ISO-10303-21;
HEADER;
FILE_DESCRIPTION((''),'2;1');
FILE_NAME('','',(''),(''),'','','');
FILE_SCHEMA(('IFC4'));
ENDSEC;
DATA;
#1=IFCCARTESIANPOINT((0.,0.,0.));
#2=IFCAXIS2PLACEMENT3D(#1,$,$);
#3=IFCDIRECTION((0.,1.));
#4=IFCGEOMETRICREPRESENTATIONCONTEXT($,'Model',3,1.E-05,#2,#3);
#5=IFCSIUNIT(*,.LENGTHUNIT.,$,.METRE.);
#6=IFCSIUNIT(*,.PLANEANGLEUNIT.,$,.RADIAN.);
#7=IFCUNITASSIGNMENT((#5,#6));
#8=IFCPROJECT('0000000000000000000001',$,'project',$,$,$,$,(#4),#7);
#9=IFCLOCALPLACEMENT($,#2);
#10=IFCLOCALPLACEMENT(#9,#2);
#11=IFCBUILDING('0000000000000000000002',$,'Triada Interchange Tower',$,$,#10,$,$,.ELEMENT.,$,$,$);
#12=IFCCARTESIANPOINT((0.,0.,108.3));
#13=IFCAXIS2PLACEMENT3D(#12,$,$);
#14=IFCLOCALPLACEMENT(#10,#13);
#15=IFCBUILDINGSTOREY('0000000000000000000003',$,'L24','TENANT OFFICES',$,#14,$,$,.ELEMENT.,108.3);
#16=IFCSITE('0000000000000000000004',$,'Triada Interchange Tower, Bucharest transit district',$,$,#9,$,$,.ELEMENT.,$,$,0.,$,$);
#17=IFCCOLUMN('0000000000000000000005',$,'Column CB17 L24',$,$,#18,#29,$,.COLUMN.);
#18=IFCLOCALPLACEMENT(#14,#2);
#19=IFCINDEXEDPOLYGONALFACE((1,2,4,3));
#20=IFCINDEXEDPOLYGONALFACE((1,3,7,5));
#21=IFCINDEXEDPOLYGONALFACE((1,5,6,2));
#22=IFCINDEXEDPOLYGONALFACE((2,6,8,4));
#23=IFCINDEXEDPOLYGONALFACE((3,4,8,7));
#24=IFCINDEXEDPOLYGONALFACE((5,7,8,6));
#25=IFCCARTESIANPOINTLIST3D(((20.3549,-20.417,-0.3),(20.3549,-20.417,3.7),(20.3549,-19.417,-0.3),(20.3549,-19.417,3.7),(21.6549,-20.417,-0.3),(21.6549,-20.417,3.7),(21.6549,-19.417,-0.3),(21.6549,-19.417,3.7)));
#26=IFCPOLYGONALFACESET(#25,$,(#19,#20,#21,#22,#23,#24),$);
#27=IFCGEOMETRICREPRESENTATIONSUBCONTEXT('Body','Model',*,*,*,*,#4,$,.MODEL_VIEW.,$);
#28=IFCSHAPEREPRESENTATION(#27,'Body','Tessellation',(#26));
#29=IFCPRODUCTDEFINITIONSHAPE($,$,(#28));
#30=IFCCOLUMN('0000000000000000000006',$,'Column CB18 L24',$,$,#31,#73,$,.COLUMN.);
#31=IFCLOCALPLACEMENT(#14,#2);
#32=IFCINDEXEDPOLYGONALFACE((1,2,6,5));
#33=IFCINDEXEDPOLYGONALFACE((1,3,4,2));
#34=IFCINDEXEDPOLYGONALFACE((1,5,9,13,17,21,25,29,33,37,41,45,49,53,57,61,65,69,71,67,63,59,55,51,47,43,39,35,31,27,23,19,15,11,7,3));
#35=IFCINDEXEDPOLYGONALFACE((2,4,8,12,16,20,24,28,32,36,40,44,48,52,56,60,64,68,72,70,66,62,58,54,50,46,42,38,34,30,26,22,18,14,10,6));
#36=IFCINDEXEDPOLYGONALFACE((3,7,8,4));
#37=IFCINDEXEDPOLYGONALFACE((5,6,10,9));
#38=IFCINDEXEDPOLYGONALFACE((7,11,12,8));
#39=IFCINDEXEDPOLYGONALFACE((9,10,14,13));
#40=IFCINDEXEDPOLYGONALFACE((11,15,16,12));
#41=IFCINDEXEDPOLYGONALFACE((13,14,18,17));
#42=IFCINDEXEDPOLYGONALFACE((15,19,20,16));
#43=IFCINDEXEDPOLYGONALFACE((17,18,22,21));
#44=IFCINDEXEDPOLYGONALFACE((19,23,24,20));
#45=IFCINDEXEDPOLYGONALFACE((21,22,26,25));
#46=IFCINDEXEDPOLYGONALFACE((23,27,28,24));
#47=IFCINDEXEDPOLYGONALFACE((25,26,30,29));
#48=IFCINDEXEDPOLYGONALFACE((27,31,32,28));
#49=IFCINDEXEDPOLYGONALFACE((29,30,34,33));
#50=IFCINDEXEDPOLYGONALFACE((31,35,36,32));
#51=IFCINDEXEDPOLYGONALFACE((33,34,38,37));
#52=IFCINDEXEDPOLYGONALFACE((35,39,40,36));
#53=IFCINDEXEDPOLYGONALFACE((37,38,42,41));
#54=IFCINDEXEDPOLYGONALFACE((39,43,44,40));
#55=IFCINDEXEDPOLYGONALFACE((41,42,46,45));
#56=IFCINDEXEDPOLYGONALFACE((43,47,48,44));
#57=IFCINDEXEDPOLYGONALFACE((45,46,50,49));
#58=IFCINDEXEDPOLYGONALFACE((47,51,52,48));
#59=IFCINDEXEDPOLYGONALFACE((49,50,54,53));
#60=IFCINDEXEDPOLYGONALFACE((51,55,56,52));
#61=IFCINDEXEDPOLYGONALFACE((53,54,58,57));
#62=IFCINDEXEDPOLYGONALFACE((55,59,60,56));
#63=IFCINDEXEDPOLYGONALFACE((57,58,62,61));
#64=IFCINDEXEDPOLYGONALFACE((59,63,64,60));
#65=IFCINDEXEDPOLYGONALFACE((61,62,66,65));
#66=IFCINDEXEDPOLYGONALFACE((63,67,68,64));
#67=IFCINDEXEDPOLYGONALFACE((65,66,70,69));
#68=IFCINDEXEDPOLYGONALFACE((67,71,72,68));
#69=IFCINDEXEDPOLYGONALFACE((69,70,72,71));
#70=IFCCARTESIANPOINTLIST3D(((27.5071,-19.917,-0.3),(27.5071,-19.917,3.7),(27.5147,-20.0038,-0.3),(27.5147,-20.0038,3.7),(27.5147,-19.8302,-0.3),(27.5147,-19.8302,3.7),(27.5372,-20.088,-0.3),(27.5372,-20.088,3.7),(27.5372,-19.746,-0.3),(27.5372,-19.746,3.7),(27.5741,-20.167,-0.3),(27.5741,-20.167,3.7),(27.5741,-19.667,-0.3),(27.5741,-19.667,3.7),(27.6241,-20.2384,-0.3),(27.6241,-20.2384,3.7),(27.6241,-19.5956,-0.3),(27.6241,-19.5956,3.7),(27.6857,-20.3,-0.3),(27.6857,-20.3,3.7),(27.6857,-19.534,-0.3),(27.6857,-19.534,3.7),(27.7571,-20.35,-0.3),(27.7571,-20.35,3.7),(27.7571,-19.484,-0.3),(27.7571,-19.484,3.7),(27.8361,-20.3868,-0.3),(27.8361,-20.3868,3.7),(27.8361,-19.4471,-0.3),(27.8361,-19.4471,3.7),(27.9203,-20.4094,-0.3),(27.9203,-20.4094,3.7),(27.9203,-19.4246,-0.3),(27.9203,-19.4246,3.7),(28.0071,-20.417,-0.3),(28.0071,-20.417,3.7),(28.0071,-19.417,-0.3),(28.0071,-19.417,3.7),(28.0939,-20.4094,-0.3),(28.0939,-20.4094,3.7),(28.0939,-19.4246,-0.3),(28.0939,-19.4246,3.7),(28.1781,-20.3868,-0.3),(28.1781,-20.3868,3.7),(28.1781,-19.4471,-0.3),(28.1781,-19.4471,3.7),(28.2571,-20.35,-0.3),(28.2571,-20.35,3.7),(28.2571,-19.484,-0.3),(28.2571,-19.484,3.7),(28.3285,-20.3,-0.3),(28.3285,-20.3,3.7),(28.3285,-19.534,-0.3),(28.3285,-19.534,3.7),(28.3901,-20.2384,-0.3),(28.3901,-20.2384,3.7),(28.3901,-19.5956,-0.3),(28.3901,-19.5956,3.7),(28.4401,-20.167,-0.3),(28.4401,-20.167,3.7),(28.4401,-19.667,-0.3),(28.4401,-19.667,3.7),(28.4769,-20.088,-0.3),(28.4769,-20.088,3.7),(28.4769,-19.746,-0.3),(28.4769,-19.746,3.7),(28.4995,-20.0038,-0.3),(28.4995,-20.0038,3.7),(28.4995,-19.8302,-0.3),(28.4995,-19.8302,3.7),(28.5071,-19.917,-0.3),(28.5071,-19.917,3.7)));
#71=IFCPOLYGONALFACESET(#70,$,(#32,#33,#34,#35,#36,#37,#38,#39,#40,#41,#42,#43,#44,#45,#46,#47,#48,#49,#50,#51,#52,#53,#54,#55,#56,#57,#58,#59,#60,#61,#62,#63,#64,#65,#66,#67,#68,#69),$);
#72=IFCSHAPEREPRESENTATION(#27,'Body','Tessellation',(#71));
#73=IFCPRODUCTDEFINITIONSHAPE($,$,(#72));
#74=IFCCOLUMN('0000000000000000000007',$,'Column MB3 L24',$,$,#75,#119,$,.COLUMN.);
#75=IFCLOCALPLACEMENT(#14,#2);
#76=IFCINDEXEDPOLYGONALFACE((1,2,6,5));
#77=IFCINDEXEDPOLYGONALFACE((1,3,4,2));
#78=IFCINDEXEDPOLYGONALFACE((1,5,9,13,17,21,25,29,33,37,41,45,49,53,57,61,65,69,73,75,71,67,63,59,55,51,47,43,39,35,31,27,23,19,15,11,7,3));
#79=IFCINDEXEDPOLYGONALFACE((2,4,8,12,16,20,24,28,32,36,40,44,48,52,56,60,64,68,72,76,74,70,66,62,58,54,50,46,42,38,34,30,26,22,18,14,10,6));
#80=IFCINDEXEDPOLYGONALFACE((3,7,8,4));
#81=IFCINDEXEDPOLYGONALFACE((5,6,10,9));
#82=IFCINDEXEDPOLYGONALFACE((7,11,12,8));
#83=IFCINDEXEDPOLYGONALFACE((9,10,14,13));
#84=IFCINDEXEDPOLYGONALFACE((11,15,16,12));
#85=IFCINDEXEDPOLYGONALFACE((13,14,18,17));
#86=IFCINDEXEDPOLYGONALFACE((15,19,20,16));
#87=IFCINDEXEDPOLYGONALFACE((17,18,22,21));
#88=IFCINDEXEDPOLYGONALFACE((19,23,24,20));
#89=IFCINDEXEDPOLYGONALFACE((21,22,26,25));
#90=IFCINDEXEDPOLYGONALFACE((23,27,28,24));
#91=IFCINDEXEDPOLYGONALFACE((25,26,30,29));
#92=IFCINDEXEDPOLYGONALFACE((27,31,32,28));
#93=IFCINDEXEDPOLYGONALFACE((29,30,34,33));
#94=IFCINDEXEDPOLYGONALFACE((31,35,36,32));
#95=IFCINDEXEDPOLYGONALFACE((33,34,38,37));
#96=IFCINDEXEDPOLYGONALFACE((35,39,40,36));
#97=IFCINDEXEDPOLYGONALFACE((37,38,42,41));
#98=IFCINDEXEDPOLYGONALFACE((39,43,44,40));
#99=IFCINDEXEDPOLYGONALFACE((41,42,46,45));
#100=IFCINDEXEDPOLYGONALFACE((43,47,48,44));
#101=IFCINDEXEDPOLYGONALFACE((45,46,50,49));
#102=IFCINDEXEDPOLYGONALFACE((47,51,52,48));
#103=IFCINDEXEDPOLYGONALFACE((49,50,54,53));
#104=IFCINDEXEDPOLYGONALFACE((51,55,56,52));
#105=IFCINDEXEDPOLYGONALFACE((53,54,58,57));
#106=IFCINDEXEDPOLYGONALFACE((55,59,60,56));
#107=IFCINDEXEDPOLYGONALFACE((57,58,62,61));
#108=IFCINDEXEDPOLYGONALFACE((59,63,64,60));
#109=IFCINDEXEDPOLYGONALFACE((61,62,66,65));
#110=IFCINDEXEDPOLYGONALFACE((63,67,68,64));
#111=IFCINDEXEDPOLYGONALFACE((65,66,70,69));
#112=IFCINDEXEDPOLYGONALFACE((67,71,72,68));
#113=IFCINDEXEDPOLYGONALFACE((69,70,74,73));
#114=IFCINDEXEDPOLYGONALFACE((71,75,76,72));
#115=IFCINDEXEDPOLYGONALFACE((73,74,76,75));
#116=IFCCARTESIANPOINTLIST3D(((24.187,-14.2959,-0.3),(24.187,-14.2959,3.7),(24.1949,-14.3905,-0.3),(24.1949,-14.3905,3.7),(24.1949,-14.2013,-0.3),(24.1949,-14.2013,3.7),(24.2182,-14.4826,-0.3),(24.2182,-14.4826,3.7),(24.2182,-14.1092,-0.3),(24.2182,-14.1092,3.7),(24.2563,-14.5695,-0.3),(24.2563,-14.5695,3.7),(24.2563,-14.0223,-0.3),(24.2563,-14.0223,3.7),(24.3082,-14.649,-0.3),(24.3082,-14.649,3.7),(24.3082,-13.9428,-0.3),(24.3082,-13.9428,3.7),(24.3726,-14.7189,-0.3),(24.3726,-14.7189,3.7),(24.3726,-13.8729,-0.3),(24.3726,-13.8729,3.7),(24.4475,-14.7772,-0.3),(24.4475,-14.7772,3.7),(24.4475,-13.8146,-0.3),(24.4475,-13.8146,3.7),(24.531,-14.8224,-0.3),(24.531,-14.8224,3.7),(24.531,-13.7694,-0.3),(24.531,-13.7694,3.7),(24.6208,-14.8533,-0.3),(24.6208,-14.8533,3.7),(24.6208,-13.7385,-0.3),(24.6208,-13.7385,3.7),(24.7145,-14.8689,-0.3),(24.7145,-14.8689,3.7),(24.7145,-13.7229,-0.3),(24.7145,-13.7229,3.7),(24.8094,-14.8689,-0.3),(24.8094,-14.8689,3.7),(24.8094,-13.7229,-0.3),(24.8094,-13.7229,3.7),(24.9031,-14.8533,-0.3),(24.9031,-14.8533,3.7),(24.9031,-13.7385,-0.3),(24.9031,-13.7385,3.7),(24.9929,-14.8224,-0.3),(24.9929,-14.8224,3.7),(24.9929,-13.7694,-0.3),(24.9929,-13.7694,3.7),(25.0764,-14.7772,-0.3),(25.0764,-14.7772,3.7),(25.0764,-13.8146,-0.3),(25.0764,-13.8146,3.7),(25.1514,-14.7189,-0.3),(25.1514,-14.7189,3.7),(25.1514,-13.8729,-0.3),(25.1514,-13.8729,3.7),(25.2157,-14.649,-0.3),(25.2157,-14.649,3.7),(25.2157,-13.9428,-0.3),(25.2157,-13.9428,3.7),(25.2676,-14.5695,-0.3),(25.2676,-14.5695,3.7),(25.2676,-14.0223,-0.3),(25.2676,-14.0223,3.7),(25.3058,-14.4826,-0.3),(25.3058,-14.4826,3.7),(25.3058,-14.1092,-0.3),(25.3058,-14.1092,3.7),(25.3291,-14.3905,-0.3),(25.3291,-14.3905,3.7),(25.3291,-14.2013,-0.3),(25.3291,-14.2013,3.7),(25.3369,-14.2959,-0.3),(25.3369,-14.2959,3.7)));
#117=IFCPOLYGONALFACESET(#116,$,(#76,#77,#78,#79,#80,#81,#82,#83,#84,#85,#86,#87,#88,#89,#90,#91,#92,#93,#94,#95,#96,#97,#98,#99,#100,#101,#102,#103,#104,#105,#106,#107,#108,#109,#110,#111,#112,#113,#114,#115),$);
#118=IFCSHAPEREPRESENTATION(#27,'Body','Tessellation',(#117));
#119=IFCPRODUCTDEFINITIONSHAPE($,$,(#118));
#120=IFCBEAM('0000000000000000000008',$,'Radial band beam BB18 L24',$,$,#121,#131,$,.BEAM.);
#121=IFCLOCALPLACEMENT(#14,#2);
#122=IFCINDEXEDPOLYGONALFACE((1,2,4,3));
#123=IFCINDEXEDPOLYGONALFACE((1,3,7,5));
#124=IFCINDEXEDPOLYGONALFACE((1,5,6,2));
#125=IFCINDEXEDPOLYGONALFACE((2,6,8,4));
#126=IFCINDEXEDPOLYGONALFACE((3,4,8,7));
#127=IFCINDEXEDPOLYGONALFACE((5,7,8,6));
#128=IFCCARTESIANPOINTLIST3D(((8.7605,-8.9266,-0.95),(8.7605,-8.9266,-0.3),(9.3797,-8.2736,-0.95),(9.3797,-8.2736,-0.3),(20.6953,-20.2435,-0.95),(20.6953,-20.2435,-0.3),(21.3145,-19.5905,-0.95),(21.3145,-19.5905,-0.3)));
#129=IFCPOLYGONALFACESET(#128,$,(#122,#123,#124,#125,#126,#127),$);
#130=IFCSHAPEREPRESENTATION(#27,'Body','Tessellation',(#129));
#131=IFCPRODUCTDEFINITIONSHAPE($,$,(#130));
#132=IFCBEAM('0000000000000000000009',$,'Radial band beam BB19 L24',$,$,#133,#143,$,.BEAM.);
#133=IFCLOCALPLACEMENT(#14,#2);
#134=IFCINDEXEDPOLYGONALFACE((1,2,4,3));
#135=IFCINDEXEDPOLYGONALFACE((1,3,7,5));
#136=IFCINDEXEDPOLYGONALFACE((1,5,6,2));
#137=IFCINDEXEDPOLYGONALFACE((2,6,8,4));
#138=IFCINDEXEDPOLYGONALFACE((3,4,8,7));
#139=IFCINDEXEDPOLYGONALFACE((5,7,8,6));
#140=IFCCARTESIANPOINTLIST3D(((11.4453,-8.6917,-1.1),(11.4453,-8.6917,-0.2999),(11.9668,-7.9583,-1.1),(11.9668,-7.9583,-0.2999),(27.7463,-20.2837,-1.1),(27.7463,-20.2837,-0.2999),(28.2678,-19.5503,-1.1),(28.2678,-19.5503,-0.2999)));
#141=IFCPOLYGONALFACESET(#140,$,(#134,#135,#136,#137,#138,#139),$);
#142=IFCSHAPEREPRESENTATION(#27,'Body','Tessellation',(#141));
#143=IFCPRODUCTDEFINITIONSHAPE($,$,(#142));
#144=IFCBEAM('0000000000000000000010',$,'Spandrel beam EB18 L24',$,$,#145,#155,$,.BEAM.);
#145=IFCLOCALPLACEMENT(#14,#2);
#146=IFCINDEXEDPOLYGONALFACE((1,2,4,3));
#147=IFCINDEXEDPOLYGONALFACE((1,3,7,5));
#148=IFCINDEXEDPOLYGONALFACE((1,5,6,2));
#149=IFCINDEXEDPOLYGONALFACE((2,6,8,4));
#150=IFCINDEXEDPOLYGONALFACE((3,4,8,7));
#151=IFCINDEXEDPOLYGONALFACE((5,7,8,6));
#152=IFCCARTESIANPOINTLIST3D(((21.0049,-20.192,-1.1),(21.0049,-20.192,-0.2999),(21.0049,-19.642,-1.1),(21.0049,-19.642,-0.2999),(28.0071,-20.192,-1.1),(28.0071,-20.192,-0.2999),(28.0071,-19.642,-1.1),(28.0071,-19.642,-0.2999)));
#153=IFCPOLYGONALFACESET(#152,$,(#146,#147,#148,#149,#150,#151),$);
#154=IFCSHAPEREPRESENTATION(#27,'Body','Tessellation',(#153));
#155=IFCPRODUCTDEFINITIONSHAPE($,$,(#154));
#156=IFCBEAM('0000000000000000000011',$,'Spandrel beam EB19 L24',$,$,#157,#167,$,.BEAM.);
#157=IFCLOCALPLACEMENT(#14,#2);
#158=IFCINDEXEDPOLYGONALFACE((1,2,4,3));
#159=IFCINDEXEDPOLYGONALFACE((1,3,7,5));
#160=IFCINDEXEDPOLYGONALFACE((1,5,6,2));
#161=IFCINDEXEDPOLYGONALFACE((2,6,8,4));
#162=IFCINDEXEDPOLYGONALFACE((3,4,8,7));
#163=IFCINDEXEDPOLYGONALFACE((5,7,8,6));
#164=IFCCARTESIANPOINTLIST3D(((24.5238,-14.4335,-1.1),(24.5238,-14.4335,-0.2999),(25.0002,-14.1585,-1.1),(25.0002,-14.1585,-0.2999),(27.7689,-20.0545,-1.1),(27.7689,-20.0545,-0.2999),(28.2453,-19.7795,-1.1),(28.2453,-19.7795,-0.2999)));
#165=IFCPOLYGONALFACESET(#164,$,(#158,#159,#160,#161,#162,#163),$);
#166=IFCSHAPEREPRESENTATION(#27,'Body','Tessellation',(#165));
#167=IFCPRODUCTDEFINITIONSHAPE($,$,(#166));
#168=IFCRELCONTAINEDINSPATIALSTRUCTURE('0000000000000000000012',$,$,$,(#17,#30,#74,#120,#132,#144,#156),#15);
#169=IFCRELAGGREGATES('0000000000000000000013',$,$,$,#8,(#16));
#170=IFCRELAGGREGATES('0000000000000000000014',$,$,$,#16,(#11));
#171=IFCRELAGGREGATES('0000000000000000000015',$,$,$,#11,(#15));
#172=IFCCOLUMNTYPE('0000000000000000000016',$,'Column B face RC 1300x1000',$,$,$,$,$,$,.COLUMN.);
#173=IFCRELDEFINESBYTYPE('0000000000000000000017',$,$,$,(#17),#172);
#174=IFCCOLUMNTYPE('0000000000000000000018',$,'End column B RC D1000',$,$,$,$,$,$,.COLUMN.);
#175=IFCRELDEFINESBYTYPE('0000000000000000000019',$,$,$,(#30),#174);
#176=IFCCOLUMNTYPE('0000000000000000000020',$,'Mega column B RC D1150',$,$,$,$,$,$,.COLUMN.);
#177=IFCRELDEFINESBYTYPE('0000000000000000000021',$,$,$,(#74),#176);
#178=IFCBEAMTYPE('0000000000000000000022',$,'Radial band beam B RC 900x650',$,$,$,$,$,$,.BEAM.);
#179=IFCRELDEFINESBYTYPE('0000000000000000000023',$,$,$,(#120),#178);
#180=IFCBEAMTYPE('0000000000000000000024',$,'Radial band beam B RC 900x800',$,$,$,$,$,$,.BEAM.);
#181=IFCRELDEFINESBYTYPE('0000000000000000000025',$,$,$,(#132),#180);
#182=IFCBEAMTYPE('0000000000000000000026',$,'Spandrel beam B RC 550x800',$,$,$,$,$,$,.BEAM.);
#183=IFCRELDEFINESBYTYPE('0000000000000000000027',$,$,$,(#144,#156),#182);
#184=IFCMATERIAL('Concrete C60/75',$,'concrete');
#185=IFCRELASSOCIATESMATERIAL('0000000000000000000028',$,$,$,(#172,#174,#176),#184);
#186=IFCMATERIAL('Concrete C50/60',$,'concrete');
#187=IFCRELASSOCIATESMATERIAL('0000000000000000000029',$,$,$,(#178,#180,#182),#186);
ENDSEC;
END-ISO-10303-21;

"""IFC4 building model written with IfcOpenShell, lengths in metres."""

from ifc_helpers import new_model, si_unit, direction, frame, origin, origin_2d, place, context, subcontext, project, spatial, rectangle, circle, extrude, material, material_profile, profile_set, type_object, element, save


model = new_model("IFC4")

# Units and contexts
model_context = context("Model", 3, precision=1e-05, world=origin(), true_north=direction((0.0, 1.0)))
body_context = subcontext(model_context, "Body", "Model", "MODEL_VIEW")
ifc_project = project(units=[si_unit("LENGTHUNIT", "METRE"), si_unit("PLANEANGLEUNIT", "RADIAN")], contexts=[model_context])

# Site, building, storey
site_placement = place(None, origin())
site = spatial("IfcSite", under=ifc_project, at=site_placement, Name="Triada Interchange Tower, Bucharest transit district", CompositionType="ELEMENT", RefElevation=0.0)
building_placement = place(site_placement, origin())
building = spatial("IfcBuilding", under=site, at=building_placement, Name="Triada Interchange Tower", CompositionType="ELEMENT")
storey_placement = place(building_placement, frame((0.0, 0.0, 108.3)))
storey = spatial("IfcBuildingStorey", under=building, at=storey_placement, Name="L24", Description="TENANT OFFICES", CompositionType="ELEMENT", Elevation=108.3)

# Columns
ifc_material_1 = material(Name="Concrete C60/75", Category="concrete")
ifc_material_profile_1 = material_profile(ifc_material_1, rectangle(XDim=1.3, YDim=1.0, at=origin_2d()), Name="RC 1300x1000")
ifc_profile_set_1 = profile_set([ifc_material_profile_1], Name="Concrete C60/75")
column_type_1 = type_object("IfcColumnType", Name="Column B face RC 1300x1000", PredefinedType="COLUMN", material=ifc_profile_set_1)
column_1_placement = place(storey_placement, frame((21.0049, -19.917, -0.3), z_axis=(0.0, 0.0, 1.0), x_axis=(1.0, 0.0, 0.0)))
element("IfcColumn", 1, at=column_1_placement, inside=storey, type_object=column_type_1, Name="Column CB17 L24", PredefinedType="COLUMN", context=body_context, shape_type="SweptSolid", body=[
    extrude(rectangle(XDim=1.3, YDim=1.0, at=origin_2d()), origin(), (0.0, 0.0, 1.0), 4.0),
])
ifc_material_profile_2 = material_profile(ifc_material_1, circle(Radius=0.5, at=origin_2d()), Name="RC D1000")
ifc_profile_set_2 = profile_set([ifc_material_profile_2], Name="Concrete C60/75")
column_type_2 = type_object("IfcColumnType", Name="End column B RC D1000", PredefinedType="COLUMN", material=ifc_profile_set_2)
column_2_placement = place(storey_placement, frame((28.0071, -19.917, -0.3), z_axis=(0.0, 0.0, 1.0), x_axis=(1.0, 0.0, 0.0)))
element("IfcColumn", 2, at=column_2_placement, inside=storey, type_object=column_type_2, Name="Column CB18 L24", PredefinedType="COLUMN", context=body_context, shape_type="SweptSolid", body=[
    extrude(circle(Radius=0.5, at=origin_2d()), origin(), (0.0, 0.0, 1.0), 4.0),
])
ifc_material_profile_3 = material_profile(ifc_material_1, circle(Radius=0.575, at=origin_2d()), Name="RC D1150")
ifc_profile_set_3 = profile_set([ifc_material_profile_3], Name="Concrete C60/75")
column_type_3 = type_object("IfcColumnType", Name="Mega column B RC D1150", PredefinedType="COLUMN", material=ifc_profile_set_3)
column_3_placement = place(storey_placement, frame((24.762, -14.2959, -0.3), z_axis=(0.0, 0.0, 1.0), x_axis=(1.0, 0.0, 0.0)))
element("IfcColumn", 3, at=column_3_placement, inside=storey, type_object=column_type_3, Name="Column MB3 L24", PredefinedType="COLUMN", context=body_context, shape_type="SweptSolid", body=[
    extrude(circle(Radius=0.575, at=origin_2d()), origin(), (0.0, 0.0, 1.0), 4.0),
])

# Beams
ifc_material_2 = material(Name="Concrete C50/60", Category="concrete")
ifc_material_profile_4 = material_profile(ifc_material_2, rectangle(XDim=0.8999, YDim=0.6499, at=origin_2d()), Name="RC 900x650")
ifc_profile_set_4 = profile_set([ifc_material_profile_4], Name="Concrete C50/60")
beam_type_1 = type_object("IfcBeamType", Name="Radial band beam B RC 900x650", PredefinedType="BEAM", material=ifc_profile_set_4)
beam_1_placement = place(storey_placement, frame((21.0049, -19.917, -0.625), z_axis=(-0.725642, 0.688072, 0.0), x_axis=(-0.688072, -0.725642, 0.0)))
element("IfcBeam", 4, at=beam_1_placement, inside=storey, type_object=beam_type_1, Name="Radial band beam BB18 L24", PredefinedType="BEAM", context=body_context, shape_type="SweptSolid", body=[
    extrude(rectangle(XDim=0.8999, YDim=0.6499, at=origin_2d()), origin(), (0.0, 0.0, 1.0), 16.4473),
])
ifc_material_profile_5 = material_profile(ifc_material_2, rectangle(XDim=0.8999, YDim=0.8, at=origin_2d()), Name="RC 900x800")
ifc_profile_set_5 = profile_set([ifc_material_profile_5], Name="Concrete C50/60")
beam_type_2 = type_object("IfcBeamType", Name="Radial band beam B RC 900x800", PredefinedType="BEAM", material=ifc_profile_set_5)
beam_2_placement = place(storey_placement, frame((28.0071, -19.917, -0.7), z_axis=(-0.814951, 0.57953, 0.0), x_axis=(-0.57953, -0.814951, 0.0)))
element("IfcBeam", 5, at=beam_2_placement, inside=storey, type_object=beam_type_2, Name="Radial band beam BB19 L24", PredefinedType="BEAM", context=body_context, shape_type="SweptSolid", body=[
    extrude(rectangle(XDim=0.8999, YDim=0.8, at=origin_2d()), origin(), (0.0, 0.0, 1.0), 20.0024),
])
ifc_material_profile_6 = material_profile(ifc_material_2, rectangle(XDim=0.55, YDim=0.8, at=origin_2d()), Name="RC 550x800")
ifc_profile_set_6 = profile_set([ifc_material_profile_6], Name="Concrete C50/60")
beam_type_3 = type_object("IfcBeamType", Name="Spandrel beam B RC 550x800", PredefinedType="BEAM", material=ifc_profile_set_6)
beam_3_placement = place(storey_placement, frame((21.0049, -19.917, -0.7), z_axis=(1.0, 0.0, 0.0), x_axis=(0.0, 1.0, 0.0)))
element("IfcBeam", 6, at=beam_3_placement, inside=storey, type_object=beam_type_3, Name="Spandrel beam EB18 L24", PredefinedType="BEAM", context=body_context, shape_type="SweptSolid", body=[
    extrude(rectangle(XDim=0.55, YDim=0.8, at=origin_2d()), origin(), (0.0, 0.0, 1.0), 7.0022),
])
beam_4_placement = place(storey_placement, frame((28.0071, -19.917, -0.7), z_axis=(-0.499974, 0.86604, 0.0), x_axis=(-0.86604, -0.499974, 0.0)))
element("IfcBeam", 7, at=beam_4_placement, inside=storey, type_object=beam_type_3, Name="Spandrel beam EB19 L24", PredefinedType="BEAM", context=body_context, shape_type="SweptSolid", body=[
    extrude(rectangle(XDim=0.55, YDim=0.8, at=origin_2d()), origin(), (0.0, 0.0, 1.0), 6.4905),
])

save(model, "model.ifc")
